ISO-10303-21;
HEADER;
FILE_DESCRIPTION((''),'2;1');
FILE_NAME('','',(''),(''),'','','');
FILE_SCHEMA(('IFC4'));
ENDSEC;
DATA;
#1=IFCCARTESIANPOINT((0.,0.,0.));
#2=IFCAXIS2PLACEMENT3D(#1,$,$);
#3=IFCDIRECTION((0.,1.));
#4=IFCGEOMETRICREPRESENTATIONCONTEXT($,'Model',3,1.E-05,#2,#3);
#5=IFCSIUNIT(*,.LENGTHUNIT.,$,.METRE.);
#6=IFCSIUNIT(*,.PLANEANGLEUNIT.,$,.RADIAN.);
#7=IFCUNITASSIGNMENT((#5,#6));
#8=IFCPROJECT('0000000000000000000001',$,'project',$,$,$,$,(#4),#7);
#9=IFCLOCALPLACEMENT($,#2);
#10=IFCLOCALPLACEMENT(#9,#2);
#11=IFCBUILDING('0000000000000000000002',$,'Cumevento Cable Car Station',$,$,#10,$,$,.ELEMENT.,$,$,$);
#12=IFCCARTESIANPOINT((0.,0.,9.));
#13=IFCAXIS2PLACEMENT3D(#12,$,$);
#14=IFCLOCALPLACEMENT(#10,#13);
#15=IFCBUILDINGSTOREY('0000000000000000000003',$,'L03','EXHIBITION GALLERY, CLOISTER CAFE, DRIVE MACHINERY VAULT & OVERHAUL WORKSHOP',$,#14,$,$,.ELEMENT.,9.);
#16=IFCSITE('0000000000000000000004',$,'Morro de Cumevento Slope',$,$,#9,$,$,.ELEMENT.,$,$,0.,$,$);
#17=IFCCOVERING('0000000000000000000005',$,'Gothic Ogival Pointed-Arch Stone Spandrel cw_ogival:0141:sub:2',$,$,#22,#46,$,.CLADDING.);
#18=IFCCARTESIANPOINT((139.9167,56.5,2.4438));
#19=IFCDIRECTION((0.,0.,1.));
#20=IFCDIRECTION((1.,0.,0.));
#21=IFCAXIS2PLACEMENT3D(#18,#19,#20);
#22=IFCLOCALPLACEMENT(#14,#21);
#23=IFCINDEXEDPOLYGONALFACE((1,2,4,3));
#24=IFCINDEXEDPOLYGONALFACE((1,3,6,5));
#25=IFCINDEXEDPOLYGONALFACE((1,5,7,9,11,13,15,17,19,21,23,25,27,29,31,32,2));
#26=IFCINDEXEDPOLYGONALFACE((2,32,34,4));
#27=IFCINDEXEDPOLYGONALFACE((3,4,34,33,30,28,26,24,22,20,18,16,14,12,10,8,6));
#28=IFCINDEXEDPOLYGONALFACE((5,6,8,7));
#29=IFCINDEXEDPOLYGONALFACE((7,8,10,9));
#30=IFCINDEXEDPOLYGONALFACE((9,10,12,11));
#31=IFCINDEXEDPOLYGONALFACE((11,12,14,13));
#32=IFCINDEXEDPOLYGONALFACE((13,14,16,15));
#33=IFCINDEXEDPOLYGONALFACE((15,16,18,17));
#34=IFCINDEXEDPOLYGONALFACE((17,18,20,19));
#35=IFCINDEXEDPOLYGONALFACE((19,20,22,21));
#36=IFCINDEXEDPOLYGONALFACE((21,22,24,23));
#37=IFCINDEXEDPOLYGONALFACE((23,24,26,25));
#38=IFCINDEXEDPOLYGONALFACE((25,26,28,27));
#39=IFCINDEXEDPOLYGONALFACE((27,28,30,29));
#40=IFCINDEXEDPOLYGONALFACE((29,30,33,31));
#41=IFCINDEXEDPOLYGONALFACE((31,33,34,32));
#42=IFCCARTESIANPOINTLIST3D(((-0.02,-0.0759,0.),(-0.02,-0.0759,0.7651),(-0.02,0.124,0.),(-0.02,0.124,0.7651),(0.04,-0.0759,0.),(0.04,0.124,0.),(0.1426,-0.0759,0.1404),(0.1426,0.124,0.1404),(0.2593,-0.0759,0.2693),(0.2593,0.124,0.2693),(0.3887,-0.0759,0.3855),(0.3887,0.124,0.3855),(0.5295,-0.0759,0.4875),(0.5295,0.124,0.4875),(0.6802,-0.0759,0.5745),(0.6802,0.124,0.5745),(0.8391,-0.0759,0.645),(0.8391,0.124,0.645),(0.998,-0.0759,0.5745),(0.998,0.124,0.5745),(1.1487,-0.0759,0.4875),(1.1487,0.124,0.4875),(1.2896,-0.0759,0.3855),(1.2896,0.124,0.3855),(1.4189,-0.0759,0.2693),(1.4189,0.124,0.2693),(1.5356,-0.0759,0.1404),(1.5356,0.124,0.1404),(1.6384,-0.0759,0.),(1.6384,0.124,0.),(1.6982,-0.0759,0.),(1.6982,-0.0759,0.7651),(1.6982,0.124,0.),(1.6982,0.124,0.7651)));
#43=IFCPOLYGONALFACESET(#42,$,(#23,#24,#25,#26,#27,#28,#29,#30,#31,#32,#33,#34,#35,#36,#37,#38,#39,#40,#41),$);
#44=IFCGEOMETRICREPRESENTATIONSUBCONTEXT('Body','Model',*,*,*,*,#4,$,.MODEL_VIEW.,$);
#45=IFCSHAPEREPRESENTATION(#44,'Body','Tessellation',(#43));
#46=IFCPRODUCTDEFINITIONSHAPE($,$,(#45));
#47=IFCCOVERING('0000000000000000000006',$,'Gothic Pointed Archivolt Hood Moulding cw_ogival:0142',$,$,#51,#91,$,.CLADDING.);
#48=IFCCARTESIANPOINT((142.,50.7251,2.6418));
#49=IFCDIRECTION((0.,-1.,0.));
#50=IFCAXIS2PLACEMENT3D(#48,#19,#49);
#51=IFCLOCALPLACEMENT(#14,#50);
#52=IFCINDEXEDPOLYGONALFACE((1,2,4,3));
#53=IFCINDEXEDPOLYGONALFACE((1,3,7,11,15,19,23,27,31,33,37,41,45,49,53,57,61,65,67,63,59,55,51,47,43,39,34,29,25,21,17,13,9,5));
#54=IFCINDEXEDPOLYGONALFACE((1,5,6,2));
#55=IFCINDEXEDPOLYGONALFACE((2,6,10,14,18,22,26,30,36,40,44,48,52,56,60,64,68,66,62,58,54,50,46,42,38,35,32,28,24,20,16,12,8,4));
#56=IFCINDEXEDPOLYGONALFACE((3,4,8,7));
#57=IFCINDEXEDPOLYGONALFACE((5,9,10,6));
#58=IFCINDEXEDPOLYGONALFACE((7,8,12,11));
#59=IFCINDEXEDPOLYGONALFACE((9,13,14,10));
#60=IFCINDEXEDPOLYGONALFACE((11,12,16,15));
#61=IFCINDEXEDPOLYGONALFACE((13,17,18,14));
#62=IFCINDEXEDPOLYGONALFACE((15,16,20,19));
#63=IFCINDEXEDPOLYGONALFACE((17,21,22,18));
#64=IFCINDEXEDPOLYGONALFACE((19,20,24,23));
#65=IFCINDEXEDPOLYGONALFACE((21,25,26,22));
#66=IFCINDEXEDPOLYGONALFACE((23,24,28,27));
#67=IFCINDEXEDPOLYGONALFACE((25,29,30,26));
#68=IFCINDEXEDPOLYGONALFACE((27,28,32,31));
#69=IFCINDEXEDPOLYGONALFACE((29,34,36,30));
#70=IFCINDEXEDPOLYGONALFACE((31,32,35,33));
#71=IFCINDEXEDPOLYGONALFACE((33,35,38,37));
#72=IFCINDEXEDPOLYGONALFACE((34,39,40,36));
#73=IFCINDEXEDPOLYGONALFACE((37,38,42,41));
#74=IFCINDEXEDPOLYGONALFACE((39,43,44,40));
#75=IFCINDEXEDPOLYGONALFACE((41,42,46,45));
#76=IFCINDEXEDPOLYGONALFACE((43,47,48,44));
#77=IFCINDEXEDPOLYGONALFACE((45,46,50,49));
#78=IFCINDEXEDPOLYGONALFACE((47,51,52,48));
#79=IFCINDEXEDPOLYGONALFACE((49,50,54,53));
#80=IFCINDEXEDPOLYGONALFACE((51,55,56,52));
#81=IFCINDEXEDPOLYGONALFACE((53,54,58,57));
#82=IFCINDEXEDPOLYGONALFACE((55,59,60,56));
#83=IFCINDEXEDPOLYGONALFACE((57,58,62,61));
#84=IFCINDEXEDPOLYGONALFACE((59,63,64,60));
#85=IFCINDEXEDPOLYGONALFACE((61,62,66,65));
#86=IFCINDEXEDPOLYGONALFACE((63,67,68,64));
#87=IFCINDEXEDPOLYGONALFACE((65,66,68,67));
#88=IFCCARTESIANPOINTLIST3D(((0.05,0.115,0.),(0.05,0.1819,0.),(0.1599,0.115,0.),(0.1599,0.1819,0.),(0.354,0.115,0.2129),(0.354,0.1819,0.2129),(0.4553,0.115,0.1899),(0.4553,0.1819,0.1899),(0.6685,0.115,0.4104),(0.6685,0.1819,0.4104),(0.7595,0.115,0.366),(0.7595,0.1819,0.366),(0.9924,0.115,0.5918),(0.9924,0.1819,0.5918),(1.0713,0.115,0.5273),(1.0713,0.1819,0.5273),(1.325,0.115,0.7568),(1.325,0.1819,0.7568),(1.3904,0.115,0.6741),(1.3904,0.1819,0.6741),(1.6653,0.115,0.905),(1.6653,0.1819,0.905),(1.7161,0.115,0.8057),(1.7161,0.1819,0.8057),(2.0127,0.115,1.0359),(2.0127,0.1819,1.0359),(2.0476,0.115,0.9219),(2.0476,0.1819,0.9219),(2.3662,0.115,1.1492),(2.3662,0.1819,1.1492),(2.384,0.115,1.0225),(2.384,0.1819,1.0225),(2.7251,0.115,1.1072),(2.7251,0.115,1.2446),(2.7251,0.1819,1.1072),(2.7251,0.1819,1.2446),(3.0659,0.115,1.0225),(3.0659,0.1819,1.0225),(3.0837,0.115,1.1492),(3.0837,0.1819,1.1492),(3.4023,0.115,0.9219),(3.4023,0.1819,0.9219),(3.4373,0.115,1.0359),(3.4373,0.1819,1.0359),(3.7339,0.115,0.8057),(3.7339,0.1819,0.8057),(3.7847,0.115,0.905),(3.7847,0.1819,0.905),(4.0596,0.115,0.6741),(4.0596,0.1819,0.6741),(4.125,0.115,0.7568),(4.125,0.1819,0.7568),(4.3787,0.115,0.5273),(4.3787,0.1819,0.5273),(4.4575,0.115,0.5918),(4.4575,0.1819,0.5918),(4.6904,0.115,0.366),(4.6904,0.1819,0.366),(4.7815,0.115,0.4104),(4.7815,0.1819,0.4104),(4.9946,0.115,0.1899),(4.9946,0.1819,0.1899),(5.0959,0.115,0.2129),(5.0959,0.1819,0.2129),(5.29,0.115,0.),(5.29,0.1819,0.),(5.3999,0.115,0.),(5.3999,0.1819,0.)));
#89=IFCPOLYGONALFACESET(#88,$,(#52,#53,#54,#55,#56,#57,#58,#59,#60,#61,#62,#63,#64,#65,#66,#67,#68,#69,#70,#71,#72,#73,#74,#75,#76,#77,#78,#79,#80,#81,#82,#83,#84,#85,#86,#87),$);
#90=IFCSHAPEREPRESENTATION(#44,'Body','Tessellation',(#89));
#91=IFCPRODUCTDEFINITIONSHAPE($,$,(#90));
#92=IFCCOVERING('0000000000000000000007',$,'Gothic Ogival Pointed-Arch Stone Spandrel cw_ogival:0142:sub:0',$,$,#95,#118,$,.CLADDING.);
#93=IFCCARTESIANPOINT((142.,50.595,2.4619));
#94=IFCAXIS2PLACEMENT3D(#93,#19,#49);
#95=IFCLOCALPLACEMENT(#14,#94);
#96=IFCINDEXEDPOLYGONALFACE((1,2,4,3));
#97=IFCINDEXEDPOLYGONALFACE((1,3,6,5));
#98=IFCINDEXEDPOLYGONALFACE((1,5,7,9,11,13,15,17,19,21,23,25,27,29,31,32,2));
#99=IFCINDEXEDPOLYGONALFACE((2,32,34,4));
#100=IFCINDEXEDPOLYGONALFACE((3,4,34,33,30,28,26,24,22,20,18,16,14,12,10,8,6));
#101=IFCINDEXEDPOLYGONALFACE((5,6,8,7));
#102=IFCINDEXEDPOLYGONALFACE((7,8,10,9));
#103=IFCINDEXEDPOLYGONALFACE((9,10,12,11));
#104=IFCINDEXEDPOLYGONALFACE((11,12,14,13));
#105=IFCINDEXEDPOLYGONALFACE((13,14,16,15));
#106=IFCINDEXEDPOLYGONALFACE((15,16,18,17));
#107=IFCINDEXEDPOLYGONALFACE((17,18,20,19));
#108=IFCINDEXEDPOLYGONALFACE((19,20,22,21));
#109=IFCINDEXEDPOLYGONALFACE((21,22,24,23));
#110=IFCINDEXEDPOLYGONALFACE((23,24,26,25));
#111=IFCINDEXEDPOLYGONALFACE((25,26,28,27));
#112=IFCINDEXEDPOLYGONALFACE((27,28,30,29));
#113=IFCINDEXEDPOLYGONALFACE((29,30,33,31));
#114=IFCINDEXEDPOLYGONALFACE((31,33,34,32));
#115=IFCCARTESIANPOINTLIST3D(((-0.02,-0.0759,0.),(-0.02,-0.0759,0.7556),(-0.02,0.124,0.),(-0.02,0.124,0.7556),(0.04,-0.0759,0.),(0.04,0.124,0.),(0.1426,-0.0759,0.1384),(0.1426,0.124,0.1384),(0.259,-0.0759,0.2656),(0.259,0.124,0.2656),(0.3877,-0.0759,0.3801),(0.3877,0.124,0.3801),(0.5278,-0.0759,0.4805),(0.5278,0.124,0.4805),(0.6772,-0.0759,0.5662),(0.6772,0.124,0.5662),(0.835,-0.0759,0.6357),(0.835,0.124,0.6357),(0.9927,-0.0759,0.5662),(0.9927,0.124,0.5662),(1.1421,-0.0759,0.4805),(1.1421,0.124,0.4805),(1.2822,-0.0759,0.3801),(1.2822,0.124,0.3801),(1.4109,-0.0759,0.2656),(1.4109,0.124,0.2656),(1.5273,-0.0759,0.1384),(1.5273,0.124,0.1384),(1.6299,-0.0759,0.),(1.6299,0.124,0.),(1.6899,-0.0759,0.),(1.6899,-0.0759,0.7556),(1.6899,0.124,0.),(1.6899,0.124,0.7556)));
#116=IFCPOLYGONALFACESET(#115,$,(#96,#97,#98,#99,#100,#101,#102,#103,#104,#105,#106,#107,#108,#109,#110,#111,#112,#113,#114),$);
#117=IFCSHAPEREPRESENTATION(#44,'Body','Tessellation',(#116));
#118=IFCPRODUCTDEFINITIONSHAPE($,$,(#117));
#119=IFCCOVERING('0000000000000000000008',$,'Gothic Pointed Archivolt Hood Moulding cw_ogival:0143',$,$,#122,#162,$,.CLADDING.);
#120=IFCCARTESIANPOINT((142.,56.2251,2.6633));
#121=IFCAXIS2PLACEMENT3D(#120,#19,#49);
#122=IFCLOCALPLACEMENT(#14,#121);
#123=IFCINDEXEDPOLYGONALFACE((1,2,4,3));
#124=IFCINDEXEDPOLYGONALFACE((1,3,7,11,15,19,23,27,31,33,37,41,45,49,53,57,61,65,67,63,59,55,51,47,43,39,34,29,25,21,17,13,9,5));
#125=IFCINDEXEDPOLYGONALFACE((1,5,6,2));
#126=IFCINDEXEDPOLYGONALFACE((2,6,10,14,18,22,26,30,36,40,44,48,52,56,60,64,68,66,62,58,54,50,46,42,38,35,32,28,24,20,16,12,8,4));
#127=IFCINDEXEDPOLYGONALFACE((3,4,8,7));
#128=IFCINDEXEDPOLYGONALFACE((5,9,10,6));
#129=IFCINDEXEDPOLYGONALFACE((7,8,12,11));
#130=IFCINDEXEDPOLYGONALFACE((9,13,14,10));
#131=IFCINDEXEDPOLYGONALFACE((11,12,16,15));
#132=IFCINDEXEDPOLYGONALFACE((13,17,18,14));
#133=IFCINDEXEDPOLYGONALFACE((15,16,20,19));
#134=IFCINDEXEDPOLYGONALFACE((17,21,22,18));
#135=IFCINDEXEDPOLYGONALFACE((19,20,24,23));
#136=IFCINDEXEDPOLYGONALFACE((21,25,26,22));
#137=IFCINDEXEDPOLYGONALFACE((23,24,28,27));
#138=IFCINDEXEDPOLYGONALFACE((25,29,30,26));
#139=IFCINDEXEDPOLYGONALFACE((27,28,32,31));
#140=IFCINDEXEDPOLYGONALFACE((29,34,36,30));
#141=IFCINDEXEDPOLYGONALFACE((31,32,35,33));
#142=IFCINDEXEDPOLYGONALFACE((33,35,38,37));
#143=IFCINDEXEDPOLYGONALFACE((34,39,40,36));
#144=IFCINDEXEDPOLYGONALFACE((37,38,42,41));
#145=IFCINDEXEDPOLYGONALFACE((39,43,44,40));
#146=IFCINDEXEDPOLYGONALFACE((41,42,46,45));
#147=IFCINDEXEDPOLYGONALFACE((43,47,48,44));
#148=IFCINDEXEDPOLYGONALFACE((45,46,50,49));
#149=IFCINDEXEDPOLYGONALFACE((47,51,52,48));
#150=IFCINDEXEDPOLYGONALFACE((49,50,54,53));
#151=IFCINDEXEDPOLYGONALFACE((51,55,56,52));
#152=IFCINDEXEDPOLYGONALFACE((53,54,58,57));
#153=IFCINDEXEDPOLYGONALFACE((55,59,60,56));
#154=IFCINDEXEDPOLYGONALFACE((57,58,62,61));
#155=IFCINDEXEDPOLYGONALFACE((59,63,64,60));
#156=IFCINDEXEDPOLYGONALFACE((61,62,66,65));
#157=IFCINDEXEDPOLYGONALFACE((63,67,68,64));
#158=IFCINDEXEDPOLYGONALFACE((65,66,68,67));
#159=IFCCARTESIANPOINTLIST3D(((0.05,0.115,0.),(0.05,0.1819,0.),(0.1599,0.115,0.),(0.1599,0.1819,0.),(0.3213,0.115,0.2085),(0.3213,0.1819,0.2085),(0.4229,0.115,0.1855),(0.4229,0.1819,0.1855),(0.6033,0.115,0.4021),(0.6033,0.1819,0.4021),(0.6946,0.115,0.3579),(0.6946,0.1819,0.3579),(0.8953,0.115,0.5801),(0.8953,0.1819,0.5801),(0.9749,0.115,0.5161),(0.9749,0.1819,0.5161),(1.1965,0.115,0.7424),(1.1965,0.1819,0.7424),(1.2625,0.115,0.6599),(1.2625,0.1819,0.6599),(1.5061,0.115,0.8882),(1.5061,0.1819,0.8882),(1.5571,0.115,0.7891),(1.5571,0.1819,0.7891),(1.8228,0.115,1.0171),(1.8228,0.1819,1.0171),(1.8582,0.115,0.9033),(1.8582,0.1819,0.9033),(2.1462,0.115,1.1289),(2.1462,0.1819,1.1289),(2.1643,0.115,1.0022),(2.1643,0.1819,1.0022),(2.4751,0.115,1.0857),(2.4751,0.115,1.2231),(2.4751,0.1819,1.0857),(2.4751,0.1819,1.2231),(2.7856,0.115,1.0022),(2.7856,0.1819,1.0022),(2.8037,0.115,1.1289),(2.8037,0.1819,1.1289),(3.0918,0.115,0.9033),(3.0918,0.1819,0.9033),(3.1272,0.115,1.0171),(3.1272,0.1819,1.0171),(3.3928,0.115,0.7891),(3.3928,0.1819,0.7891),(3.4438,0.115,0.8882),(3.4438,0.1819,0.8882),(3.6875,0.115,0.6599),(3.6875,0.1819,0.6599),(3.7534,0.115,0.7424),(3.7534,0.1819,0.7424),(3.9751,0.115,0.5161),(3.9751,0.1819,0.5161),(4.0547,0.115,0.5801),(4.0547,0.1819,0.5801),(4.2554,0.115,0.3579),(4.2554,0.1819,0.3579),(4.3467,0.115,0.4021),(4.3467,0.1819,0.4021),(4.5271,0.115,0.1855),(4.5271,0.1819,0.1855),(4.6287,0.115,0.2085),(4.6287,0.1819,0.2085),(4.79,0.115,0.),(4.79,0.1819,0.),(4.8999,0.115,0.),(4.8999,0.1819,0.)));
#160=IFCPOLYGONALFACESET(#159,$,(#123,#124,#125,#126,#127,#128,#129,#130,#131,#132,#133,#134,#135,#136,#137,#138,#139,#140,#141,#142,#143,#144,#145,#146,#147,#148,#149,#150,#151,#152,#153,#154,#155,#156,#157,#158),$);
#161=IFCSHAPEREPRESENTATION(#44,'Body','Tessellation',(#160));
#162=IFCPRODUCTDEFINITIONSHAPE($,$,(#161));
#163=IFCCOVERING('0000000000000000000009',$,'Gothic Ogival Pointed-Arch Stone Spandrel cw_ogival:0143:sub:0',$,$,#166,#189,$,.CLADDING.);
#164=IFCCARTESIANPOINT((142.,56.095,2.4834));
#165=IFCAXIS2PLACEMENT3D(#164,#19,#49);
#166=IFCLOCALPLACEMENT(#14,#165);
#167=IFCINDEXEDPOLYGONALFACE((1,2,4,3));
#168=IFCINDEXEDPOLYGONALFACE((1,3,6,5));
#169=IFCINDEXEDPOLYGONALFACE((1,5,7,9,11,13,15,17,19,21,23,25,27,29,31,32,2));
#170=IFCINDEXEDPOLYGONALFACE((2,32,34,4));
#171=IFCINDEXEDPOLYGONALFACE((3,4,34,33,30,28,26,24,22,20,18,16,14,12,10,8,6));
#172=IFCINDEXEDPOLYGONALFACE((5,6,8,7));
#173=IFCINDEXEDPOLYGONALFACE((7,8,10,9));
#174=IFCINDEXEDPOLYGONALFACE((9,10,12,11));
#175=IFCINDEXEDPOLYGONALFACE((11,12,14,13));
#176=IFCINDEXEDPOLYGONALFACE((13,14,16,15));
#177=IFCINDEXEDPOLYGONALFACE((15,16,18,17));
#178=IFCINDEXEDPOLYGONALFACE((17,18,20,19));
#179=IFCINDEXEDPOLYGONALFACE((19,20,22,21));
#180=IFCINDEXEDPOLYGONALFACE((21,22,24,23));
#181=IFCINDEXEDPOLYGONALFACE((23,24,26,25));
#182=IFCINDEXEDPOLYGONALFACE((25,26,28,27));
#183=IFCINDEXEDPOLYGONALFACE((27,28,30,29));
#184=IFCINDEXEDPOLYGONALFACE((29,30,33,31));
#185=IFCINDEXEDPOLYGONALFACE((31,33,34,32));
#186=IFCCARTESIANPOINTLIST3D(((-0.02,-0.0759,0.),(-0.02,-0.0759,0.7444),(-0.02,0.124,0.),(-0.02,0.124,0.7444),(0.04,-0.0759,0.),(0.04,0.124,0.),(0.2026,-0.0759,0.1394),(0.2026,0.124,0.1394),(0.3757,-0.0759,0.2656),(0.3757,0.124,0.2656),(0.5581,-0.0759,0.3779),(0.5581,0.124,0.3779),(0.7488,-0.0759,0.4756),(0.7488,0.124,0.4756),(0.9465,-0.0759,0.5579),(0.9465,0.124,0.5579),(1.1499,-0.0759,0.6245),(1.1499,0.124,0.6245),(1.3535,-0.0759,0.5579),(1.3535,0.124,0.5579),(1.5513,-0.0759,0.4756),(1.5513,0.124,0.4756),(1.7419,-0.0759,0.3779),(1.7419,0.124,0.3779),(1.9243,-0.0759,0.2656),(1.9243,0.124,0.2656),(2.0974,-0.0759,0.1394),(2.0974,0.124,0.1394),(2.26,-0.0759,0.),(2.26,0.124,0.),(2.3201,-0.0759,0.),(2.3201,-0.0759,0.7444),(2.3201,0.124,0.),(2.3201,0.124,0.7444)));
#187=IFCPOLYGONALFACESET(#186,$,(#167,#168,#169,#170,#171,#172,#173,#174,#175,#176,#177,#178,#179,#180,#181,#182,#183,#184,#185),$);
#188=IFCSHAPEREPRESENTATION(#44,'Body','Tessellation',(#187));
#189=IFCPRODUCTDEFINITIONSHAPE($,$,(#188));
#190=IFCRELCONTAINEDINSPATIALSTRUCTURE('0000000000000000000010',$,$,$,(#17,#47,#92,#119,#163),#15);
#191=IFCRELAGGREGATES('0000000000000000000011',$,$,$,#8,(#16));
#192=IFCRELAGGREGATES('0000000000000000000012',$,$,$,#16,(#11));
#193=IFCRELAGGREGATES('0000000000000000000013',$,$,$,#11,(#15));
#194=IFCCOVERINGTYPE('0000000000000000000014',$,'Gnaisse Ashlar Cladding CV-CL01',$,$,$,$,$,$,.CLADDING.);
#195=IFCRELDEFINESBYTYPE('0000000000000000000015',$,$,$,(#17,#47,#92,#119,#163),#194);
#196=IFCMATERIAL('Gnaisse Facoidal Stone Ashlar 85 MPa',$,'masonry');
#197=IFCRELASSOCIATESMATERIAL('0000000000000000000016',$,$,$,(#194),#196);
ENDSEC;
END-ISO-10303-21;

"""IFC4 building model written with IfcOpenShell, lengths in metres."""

from ifc_helpers import new_model, si_unit, direction, frame, origin, place, context, subcontext, project, spatial, polyline, outline, extrude, material, type_object, element, save


model = new_model("IFC4")

# Units and contexts
model_context = context("Model", 3, precision=1e-05, world=origin(), true_north=direction((0.0, 1.0)))
body_context = subcontext(model_context, "Body", "Model", "MODEL_VIEW")
ifc_project = project(units=[si_unit("LENGTHUNIT", "METRE"), si_unit("PLANEANGLEUNIT", "RADIAN")], contexts=[model_context])

# Site, building, storey
site_placement = place(None, origin())
site = spatial("IfcSite", under=ifc_project, at=site_placement, Name="Morro de Cumevento Slope", CompositionType="ELEMENT", RefElevation=0.0)
building_placement = place(site_placement, origin())
building = spatial("IfcBuilding", under=site, at=building_placement, Name="Cumevento Cable Car Station", CompositionType="ELEMENT")
storey_placement = place(building_placement, frame((0.0, 0.0, 9.0)))
storey = spatial("IfcBuildingStorey", under=building, at=storey_placement, Name="L03", Description="EXHIBITION GALLERY, CLOISTER CAFE, DRIVE MACHINERY VAULT & OVERHAUL WORKSHOP", CompositionType="ELEMENT", Elevation=9.0)

# Coverings
ifc_material_1 = material(Name="Gnaisse Facoidal Stone Ashlar 85 MPa", Category="masonry")
covering_type = type_object("IfcCoveringType", Name="Gnaisse Ashlar Cladding CV-CL01", PredefinedType="CLADDING", material=ifc_material_1)
covering_1_placement = place(storey_placement, frame((139.9167, 56.5, 2.4438), z_axis=(0.0, 0.0, 1.0), x_axis=(1.0, 0.0, 0.0)))
element("IfcCovering", 1, at=covering_1_placement, inside=storey, type_object=covering_type, Name="Gothic Ogival Pointed-Arch Stone Spandrel cw_ogival:0141:sub:2", PredefinedType="CLADDING", context=body_context, shape_type="SweptSolid", body=[
    extrude(outline(polyline([(-0.02, 0.0), (-0.02, 0.7651), (1.6982, 0.7651), (1.6982, 0.0), (1.6384, 0.0), (1.5356, 0.1404), (1.4189, 0.2693), (1.2896, 0.3855), (1.1487, 0.4875), (0.998, 0.5745), (0.8391, 0.645), (0.6802, 0.5745), (0.5295, 0.4875), (0.3887, 0.3855), (0.2593, 0.2693), (0.1426, 0.1404), (0.04, 0.0), (-0.02, 0.0)])), frame((0.0, 0.124, 0.0), z_axis=(0.0, -1.0, 0.0), x_axis=(1.0, 0.0, 0.0)), (0.0, 0.0, 1.0), 0.2),
])
covering_2_placement = place(storey_placement, frame((142.0, 50.7251, 2.6418), z_axis=(0.0, 0.0, 1.0), x_axis=(0.0, -1.0, 0.0)))
element("IfcCovering", 2, at=covering_2_placement, inside=storey, type_object=covering_type, Name="Gothic Pointed Archivolt Hood Moulding cw_ogival:0142", PredefinedType="CLADDING", context=body_context, shape_type="SweptSolid", body=[
    extrude(outline(polyline([(0.1599, 0.0), (0.4553, 0.1899), (0.7595, 0.366), (1.0713, 0.5273), (1.3904, 0.6741), (1.7161, 0.8057), (2.0476, 0.9219), (2.384, 1.0225), (2.7251, 1.1072), (3.0659, 1.0225), (3.4023, 0.9219), (3.7339, 0.8057), (4.0596, 0.6741), (4.3787, 0.5273), (4.6904, 0.366), (4.9946, 0.1899), (5.29, 0.0), (5.3999, 0.0), (5.0959, 0.2129), (4.7815, 0.4104), (4.4575, 0.5918), (4.125, 0.7568), (3.7847, 0.905), (3.4373, 1.0359), (3.0837, 1.1492), (2.7251, 1.2446), (2.3662, 1.1492), (2.0127, 1.0359), (1.6653, 0.905), (1.325, 0.7568), (0.9924, 0.5918), (0.6685, 0.4104), (0.354, 0.2129), (0.05, 0.0), (0.1599, 0.0)])), frame((0.0, 0.1819, 0.0), z_axis=(0.0, -1.0, 0.0), x_axis=(1.0, 0.0, 0.0)), (0.0, 0.0, 1.0), 0.0669),
])
covering_3_placement = place(storey_placement, frame((142.0, 50.595, 2.4619), z_axis=(0.0, 0.0, 1.0), x_axis=(0.0, -1.0, 0.0)))
element("IfcCovering", 3, at=covering_3_placement, inside=storey, type_object=covering_type, Name="Gothic Ogival Pointed-Arch Stone Spandrel cw_ogival:0142:sub:0", PredefinedType="CLADDING", context=body_context, shape_type="SweptSolid", body=[
    extrude(outline(polyline([(-0.02, 0.0), (-0.02, 0.7556), (1.6899, 0.7556), (1.6899, 0.0), (1.6299, 0.0), (1.5273, 0.1384), (1.4109, 0.2656), (1.2822, 0.3801), (1.1421, 0.4805), (0.9927, 0.5662), (0.835, 0.6357), (0.6772, 0.5662), (0.5278, 0.4805), (0.3877, 0.3801), (0.259, 0.2656), (0.1426, 0.1384), (0.04, 0.0), (-0.02, 0.0)])), frame((0.0, 0.124, 0.0), z_axis=(0.0, -1.0, 0.0), x_axis=(1.0, 0.0, 0.0)), (0.0, 0.0, 1.0), 0.2),
])
covering_4_placement = place(storey_placement, frame((142.0, 56.2251, 2.6633), z_axis=(0.0, 0.0, 1.0), x_axis=(0.0, -1.0, 0.0)))
element("IfcCovering", 4, at=covering_4_placement, inside=storey, type_object=covering_type, Name="Gothic Pointed Archivolt Hood Moulding cw_ogival:0143", PredefinedType="CLADDING", context=body_context, shape_type="SweptSolid", body=[
    extrude(outline(polyline([(0.1599, 0.0), (0.4229, 0.1855), (0.6946, 0.3579), (0.9749, 0.5161), (1.2625, 0.6599), (1.5571, 0.7891), (1.8582, 0.9033), (2.1643, 1.0022), (2.4751, 1.0857), (2.7856, 1.0022), (3.0918, 0.9033), (3.3928, 0.7891), (3.6875, 0.6599), (3.9751, 0.5161), (4.2554, 0.3579), (4.5271, 0.1855), (4.79, 0.0), (4.8999, 0.0), (4.6287, 0.2085), (4.3467, 0.4021), (4.0547, 0.5801), (3.7534, 0.7424), (3.4438, 0.8882), (3.1272, 1.0171), (2.8037, 1.1289), (2.4751, 1.2231), (2.1462, 1.1289), (1.8228, 1.0171), (1.5061, 0.8882), (1.1965, 0.7424), (0.8953, 0.5801), (0.6033, 0.4021), (0.3213, 0.2085), (0.05, 0.0), (0.1599, 0.0)])), frame((0.0, 0.1819, 0.0), z_axis=(0.0, -1.0, 0.0), x_axis=(1.0, 0.0, 0.0)), (0.0, 0.0, 1.0), 0.0669),
])
for number, where, z_axis, x_axis, name in (
    (5, (142.0, 56.095, 2.4834), (0.0, 0.0, 1.0), (0.0, -1.0, 0.0), "Gothic Ogival Pointed-Arch Stone Spandrel cw_ogival:0143:sub:0"),
):
    element("IfcCovering", number, at=place(storey_placement, frame(where, z_axis=z_axis, x_axis=x_axis)), inside=storey, type_object=covering_type, Name=name, PredefinedType="CLADDING", context=body_context, shape_type="SweptSolid", body=[
        extrude(outline(polyline([(-0.02, 0.0), (-0.02, 0.7444), (2.3201, 0.7444), (2.3201, 0.0), (2.26, 0.0), (2.0974, 0.1394), (1.9243, 0.2656), (1.7419, 0.3779), (1.5513, 0.4756), (1.3535, 0.5579), (1.1499, 0.6245), (0.9465, 0.5579), (0.7488, 0.4756), (0.5581, 0.3779), (0.3757, 0.2656), (0.2026, 0.1394), (0.04, 0.0), (-0.02, 0.0)])), frame((0.0, 0.124, 0.0), z_axis=(0.0, -1.0, 0.0), x_axis=(1.0, 0.0, 0.0)), (0.0, 0.0, 1.0), 0.2),
    ])

save(model, "model.ifc")
